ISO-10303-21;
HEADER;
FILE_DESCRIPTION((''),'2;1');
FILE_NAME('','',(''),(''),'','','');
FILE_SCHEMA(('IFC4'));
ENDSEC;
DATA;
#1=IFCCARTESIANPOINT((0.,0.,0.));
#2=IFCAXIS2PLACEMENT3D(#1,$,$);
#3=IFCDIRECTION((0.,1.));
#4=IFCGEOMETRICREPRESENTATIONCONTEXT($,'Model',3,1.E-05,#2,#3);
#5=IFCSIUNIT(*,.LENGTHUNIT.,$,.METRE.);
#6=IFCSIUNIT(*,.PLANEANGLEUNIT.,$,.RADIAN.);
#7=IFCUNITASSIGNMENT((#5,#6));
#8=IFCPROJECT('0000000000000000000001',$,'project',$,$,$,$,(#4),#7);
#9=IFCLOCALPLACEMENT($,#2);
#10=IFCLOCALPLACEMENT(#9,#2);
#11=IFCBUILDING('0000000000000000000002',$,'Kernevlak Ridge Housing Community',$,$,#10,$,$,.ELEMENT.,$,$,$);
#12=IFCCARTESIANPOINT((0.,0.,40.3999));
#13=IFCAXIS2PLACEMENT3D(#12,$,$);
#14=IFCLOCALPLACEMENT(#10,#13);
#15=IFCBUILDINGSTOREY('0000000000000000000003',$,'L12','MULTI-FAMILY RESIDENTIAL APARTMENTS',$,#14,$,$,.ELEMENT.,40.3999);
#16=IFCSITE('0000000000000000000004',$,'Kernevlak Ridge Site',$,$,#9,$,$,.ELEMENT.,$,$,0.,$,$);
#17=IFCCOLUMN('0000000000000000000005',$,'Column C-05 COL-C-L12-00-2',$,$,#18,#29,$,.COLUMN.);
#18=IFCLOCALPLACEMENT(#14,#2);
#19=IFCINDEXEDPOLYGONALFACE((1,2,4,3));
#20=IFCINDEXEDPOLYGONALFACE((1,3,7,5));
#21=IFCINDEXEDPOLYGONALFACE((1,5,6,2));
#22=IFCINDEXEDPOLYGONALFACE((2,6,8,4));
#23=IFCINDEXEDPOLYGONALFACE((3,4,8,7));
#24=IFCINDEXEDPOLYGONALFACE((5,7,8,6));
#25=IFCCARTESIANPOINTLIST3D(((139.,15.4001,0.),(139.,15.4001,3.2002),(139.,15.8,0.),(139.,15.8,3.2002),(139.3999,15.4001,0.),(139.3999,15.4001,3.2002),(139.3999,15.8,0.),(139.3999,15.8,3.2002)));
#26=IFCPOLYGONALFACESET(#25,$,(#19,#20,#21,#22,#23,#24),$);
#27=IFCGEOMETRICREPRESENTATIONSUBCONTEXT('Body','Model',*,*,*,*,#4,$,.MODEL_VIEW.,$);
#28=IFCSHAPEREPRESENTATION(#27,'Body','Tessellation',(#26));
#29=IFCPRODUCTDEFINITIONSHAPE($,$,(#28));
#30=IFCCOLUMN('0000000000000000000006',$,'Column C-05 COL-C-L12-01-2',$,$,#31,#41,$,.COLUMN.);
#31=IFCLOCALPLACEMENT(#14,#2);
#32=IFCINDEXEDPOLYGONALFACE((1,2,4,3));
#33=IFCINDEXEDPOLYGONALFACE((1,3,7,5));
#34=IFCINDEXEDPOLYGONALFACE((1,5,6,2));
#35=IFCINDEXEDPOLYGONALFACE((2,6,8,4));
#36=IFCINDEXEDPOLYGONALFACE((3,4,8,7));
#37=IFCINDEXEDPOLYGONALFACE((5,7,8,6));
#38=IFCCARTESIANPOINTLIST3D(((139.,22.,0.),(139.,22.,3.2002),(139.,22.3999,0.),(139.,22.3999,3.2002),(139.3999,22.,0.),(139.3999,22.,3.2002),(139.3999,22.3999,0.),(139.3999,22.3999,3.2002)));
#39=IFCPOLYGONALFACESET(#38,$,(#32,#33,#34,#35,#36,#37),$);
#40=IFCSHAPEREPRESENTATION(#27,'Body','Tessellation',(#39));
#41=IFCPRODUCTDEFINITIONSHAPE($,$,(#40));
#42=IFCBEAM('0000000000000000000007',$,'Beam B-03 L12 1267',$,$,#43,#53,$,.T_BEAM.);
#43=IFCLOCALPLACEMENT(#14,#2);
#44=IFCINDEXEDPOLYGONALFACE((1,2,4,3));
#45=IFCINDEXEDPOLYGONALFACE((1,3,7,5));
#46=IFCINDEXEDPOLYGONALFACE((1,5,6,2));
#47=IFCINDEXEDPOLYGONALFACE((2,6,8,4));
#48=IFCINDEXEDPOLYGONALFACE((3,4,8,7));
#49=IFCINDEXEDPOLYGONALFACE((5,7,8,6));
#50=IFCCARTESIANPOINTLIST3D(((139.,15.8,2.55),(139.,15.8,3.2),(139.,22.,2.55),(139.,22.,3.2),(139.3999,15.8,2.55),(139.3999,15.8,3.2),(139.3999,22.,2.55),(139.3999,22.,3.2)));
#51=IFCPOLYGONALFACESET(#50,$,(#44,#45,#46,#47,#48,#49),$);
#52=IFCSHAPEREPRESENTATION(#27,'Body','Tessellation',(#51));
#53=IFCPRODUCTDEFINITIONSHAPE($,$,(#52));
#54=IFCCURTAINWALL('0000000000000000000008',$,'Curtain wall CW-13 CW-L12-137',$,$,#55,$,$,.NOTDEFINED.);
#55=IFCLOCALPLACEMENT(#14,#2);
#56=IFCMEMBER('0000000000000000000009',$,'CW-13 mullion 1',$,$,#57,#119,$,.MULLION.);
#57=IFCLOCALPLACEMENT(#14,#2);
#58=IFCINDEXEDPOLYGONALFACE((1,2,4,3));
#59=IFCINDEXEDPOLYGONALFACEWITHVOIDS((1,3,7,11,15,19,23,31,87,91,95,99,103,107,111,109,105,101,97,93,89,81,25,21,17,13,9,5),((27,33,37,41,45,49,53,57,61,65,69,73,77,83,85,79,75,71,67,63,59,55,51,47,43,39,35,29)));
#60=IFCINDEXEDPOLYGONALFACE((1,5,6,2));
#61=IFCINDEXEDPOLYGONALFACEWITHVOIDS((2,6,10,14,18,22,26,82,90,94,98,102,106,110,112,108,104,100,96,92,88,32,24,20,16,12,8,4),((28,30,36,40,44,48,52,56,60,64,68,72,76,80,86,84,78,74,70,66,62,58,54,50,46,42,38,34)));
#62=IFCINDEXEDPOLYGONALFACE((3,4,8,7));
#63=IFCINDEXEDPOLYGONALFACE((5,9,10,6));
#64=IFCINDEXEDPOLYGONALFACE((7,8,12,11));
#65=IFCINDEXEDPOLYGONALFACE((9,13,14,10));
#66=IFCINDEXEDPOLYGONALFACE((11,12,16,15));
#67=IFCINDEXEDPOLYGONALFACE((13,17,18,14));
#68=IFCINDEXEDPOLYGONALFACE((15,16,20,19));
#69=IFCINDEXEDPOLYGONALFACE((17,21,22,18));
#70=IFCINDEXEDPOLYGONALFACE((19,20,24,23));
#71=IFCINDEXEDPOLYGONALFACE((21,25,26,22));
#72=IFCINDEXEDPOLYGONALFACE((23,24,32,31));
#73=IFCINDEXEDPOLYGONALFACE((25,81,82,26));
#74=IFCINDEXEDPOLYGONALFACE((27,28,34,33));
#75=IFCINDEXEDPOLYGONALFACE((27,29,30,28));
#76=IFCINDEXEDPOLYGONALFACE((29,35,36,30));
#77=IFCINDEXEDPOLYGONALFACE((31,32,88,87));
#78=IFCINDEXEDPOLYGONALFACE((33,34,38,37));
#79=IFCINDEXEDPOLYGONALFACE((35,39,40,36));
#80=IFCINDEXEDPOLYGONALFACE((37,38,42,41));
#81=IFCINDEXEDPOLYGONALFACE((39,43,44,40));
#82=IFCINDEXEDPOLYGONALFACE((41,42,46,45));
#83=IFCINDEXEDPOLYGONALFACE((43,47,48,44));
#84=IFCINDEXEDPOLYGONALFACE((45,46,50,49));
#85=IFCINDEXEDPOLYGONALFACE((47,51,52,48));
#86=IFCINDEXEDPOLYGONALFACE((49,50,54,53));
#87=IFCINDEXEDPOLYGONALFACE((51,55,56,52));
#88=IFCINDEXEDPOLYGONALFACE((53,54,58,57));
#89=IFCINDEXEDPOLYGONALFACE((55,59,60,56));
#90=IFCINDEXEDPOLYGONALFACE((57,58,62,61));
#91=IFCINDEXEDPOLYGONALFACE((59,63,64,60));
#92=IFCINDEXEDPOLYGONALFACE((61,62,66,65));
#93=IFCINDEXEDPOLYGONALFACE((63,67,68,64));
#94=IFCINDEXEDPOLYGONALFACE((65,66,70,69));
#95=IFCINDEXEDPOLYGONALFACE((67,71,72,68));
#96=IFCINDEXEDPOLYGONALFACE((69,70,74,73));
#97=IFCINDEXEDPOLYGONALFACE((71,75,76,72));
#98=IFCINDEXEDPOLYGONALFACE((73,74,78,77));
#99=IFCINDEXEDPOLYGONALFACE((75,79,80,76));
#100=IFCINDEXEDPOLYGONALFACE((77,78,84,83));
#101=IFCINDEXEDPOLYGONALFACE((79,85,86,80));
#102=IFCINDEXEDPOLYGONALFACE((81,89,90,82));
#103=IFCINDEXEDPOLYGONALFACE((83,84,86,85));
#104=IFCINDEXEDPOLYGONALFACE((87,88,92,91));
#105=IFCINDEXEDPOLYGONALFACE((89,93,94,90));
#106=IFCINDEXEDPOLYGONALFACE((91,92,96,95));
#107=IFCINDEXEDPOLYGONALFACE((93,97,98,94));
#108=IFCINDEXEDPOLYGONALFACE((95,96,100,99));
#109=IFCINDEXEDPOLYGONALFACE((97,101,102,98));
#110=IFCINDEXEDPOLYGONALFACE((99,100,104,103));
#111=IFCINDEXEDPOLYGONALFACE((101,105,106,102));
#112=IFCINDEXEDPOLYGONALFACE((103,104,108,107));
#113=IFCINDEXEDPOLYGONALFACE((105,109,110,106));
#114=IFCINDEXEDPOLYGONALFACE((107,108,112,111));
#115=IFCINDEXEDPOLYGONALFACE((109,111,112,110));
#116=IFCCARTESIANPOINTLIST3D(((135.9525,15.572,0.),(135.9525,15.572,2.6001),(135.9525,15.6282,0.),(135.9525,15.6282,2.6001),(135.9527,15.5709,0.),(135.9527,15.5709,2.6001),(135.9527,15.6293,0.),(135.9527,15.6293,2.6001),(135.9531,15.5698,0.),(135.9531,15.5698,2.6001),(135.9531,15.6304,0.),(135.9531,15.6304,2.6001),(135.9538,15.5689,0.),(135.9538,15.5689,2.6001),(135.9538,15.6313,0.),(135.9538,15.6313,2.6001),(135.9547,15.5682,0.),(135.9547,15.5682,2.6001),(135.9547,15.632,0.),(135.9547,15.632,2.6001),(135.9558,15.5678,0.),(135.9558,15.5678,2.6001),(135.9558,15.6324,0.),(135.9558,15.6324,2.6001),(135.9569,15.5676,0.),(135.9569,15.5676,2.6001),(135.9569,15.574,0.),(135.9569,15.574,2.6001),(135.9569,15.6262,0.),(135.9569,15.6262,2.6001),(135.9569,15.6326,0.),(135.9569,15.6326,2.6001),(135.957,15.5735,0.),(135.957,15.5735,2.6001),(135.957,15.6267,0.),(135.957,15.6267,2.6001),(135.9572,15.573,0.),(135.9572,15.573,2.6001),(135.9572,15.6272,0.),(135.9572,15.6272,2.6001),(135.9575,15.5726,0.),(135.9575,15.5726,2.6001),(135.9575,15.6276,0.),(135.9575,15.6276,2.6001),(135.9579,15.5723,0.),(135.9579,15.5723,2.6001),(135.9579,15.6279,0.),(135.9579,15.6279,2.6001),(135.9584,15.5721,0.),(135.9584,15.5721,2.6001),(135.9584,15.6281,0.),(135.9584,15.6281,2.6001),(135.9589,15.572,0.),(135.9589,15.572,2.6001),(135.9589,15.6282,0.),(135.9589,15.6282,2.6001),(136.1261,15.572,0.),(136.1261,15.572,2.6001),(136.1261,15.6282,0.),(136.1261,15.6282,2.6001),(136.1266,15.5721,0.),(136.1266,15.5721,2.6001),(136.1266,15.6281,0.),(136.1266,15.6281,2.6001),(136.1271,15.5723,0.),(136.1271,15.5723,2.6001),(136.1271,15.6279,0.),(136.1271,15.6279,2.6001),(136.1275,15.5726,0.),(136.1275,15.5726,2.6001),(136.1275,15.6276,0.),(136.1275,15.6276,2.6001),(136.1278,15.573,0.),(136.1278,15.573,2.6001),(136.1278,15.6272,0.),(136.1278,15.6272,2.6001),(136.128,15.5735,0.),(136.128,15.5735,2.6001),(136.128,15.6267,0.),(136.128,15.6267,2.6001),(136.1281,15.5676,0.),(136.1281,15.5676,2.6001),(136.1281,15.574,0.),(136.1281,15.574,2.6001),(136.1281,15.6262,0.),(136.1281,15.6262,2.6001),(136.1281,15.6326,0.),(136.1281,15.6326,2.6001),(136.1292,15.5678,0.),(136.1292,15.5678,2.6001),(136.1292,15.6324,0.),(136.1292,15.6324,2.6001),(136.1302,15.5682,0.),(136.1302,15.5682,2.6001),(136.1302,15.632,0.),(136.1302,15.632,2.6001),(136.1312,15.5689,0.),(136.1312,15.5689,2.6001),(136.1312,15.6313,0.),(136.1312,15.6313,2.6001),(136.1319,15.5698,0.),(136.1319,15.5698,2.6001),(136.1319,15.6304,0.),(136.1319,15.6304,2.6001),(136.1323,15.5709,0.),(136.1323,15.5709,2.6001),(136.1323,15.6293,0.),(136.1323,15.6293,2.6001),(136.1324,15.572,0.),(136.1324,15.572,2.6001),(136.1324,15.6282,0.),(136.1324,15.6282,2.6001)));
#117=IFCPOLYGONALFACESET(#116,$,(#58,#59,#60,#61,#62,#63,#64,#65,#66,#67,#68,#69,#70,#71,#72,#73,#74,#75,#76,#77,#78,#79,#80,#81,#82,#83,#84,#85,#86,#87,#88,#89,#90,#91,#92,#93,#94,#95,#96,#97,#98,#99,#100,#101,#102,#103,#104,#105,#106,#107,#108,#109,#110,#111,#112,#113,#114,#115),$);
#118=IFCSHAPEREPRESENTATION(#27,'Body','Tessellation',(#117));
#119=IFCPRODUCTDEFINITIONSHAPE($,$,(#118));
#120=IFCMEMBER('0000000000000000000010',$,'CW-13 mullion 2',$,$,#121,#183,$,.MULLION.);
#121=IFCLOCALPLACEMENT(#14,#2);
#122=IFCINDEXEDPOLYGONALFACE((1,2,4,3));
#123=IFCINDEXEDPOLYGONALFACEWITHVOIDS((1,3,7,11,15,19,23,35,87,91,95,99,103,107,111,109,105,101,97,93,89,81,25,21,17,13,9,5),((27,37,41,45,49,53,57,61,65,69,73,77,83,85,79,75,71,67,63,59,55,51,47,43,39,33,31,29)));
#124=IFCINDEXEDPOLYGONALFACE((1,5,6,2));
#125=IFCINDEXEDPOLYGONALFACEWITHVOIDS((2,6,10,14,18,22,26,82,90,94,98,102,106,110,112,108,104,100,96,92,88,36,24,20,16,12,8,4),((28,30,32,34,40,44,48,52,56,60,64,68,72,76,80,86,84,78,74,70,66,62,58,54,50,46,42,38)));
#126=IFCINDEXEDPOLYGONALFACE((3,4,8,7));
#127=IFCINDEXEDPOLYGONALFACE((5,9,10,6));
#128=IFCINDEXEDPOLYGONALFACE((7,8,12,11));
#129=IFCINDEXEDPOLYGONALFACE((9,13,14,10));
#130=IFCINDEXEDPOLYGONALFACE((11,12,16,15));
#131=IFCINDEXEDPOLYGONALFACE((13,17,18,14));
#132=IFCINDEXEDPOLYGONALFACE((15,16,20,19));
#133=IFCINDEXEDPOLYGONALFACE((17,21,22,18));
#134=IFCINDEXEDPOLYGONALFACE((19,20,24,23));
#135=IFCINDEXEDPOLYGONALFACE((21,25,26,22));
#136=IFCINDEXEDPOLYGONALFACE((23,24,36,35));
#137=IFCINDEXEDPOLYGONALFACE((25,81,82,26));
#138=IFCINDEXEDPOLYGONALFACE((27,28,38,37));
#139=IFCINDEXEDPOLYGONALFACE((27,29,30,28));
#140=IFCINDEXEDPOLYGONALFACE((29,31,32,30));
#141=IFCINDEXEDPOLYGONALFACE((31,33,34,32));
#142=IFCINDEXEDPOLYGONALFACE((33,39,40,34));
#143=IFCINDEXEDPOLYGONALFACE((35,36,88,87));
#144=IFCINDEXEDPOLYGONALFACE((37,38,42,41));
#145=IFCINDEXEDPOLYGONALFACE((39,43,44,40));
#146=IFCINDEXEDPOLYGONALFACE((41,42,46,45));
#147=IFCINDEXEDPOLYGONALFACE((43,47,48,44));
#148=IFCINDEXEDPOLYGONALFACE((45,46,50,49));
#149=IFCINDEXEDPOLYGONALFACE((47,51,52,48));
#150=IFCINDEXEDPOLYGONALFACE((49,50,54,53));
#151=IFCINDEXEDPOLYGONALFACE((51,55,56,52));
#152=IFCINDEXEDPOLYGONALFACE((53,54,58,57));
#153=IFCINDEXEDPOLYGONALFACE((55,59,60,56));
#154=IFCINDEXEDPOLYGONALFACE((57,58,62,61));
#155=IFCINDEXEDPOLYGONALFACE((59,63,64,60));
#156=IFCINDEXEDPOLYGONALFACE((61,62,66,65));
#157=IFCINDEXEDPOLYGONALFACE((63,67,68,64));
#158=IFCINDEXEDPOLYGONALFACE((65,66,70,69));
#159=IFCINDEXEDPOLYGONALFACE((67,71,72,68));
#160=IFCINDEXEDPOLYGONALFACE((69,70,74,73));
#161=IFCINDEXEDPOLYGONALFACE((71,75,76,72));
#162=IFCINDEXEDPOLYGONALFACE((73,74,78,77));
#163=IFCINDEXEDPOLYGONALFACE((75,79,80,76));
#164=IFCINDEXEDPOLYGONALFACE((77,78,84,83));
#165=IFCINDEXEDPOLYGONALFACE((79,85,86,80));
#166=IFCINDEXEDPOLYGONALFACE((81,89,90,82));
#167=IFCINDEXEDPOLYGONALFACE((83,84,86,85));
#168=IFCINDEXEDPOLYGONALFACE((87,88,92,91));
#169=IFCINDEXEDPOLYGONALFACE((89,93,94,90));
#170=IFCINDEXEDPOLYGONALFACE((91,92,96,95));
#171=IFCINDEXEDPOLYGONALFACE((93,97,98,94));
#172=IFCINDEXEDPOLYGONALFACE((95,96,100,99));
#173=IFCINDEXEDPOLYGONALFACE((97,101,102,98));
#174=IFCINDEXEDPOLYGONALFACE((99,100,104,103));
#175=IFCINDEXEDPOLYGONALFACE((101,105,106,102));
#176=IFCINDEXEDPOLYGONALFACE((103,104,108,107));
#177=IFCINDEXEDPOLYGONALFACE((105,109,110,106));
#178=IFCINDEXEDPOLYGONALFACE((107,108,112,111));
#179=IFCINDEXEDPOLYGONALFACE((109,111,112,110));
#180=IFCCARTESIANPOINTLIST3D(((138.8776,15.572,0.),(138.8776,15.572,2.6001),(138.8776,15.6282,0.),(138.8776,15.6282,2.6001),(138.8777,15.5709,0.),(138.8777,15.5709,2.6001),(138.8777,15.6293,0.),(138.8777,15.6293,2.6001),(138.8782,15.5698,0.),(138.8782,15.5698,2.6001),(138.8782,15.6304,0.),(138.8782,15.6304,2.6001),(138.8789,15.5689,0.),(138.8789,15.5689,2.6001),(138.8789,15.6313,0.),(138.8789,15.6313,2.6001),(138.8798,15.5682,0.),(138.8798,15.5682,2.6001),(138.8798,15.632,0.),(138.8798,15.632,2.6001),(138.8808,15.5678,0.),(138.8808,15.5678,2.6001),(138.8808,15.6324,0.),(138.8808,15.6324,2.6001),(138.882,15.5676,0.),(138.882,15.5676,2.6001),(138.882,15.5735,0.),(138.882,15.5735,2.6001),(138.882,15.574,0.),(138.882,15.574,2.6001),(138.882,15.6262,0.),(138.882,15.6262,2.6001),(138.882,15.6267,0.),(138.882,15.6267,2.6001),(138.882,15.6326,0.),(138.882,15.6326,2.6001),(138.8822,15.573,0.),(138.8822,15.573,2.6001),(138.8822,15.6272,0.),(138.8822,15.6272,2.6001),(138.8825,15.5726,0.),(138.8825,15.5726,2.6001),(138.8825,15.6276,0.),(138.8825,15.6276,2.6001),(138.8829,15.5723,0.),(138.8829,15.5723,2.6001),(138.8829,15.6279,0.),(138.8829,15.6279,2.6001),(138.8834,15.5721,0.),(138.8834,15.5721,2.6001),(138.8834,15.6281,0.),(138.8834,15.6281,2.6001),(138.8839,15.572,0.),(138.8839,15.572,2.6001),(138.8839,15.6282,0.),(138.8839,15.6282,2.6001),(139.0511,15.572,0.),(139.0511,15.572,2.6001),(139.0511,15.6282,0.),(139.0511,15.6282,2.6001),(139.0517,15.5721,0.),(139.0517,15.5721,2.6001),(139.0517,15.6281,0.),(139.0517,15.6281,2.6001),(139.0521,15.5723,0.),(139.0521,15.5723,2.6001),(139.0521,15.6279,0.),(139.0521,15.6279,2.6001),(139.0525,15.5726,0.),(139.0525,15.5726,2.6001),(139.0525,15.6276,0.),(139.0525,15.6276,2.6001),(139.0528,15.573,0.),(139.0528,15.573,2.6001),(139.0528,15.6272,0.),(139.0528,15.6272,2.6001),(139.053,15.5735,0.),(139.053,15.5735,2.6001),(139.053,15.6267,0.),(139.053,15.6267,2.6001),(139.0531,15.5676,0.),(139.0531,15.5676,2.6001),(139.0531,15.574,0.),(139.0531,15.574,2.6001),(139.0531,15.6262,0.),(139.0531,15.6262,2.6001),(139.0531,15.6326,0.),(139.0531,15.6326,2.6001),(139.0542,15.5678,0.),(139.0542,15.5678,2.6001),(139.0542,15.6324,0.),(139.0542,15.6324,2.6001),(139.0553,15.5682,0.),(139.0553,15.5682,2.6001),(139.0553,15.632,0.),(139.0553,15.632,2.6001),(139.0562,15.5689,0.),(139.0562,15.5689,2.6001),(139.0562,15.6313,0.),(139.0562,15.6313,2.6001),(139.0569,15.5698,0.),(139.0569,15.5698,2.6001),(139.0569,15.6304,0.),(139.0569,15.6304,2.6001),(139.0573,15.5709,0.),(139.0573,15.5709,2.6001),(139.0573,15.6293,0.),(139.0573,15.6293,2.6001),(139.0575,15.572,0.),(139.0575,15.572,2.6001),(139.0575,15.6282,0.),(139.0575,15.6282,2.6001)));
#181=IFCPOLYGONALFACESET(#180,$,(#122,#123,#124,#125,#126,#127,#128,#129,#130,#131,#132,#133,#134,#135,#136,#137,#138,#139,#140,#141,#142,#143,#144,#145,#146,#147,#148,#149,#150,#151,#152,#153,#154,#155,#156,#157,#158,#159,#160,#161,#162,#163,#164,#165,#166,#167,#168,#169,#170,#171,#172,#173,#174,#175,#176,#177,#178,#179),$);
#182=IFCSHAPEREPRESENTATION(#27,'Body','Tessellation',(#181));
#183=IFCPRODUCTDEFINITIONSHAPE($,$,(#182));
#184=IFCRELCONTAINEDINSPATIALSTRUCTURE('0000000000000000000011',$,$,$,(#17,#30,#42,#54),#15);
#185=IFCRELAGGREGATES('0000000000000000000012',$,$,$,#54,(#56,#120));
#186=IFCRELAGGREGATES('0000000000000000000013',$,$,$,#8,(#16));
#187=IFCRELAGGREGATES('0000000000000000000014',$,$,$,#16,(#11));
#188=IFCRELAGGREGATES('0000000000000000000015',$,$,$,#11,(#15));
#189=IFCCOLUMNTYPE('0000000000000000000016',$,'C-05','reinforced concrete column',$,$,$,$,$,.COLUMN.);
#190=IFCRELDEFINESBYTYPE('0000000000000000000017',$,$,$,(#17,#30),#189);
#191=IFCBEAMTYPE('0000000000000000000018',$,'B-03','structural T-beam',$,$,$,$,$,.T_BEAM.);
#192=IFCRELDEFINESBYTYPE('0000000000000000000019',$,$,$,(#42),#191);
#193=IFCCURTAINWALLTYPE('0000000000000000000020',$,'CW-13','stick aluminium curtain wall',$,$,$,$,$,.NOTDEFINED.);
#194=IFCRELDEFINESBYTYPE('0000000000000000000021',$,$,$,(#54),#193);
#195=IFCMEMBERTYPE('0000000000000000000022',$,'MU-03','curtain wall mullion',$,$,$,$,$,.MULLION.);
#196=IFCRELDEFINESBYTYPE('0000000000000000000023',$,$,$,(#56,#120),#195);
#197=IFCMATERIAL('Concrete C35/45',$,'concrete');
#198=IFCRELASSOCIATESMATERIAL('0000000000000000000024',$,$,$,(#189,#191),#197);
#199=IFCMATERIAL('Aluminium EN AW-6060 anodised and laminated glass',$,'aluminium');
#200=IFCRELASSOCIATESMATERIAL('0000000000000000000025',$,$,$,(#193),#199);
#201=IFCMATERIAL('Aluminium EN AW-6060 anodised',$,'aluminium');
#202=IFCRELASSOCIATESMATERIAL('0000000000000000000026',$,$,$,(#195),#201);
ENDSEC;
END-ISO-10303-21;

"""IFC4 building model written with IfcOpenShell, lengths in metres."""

from ifc_helpers import new_model, si_unit, direction, frame, origin, origin_2d, place, context, subcontext, project, spatial, rectangle, hollow_rectangle, extrude, material, material_profile, profile_set, type_object, element, aggregate, save


model = new_model("IFC4")

# Units and contexts
model_context = context("Model", 3, precision=1e-05, world=origin(), true_north=direction((0.0, 1.0)))
body_context = subcontext(model_context, "Body", "Model", "MODEL_VIEW")
ifc_project = project(units=[si_unit("LENGTHUNIT", "METRE"), si_unit("PLANEANGLEUNIT", "RADIAN")], contexts=[model_context])

# Site, building, storey
site_placement = place(None, origin())
site = spatial("IfcSite", under=ifc_project, at=site_placement, Name="Kernevlak Ridge Site", CompositionType="ELEMENT", RefElevation=0.0)
building_placement = place(site_placement, origin())
building = spatial("IfcBuilding", under=site, at=building_placement, Name="Kernevlak Ridge Housing Community", CompositionType="ELEMENT")
storey_placement = place(building_placement, frame((0.0, 0.0, 40.3999)))
storey = spatial("IfcBuildingStorey", under=building, at=storey_placement, Name="L12", Description="MULTI-FAMILY RESIDENTIAL APARTMENTS", CompositionType="ELEMENT", Elevation=40.3999)

# Columns
ifc_material_1 = material(Name="Concrete C35/45", Category="concrete")
ifc_material_profile_1 = material_profile(ifc_material_1, rectangle(XDim=0.3999, YDim=0.3999, at=origin_2d()), Name="RC 400x400")
ifc_profile_set_1 = profile_set([ifc_material_profile_1], Name="Concrete C35/45")
column_type = type_object("IfcColumnType", Name="C-05", Description="reinforced concrete column", PredefinedType="COLUMN", material=ifc_profile_set_1)
for number, where, z_axis, x_axis, name in (
    (1, (139.2, 15.6001, 0.0), (0.0, 0.0, 1.0), (1.0, 0.0, 0.0), "Column C-05 COL-C-L12-00-2"),
    (2, (139.2, 22.2, 0.0), (0.0, 0.0, 1.0), (1.0, 0.0, 0.0), "Column C-05 COL-C-L12-01-2"),
):
    element("IfcColumn", number, at=place(storey_placement, frame(where, z_axis=z_axis, x_axis=x_axis)), inside=storey, type_object=column_type, Name=name, PredefinedType="COLUMN", context=body_context, shape_type="SweptSolid", body=[
        extrude(rectangle(XDim=0.3999, YDim=0.3999, at=origin_2d()), origin(), (0.0, 0.0, 1.0), 3.2002),
    ])

# Beam
ifc_material_profile_2 = material_profile(ifc_material_1, rectangle(XDim=0.3999, YDim=0.6499, at=origin_2d()), Name="RC 400x650")
ifc_profile_set_2 = profile_set([ifc_material_profile_2], Name="Concrete C35/45")
beam_type = type_object("IfcBeamType", Name="B-03", Description="structural T-beam", PredefinedType="T_BEAM", material=ifc_profile_set_2)
beam_placement = place(storey_placement, frame((139.2, 15.8, 2.875), z_axis=(0.0, 1.0, 0.0), x_axis=(-1.0, 0.0, 0.0)))
element("IfcBeam", 3, at=beam_placement, inside=storey, type_object=beam_type, Name="Beam B-03 L12 1267", PredefinedType="T_BEAM", context=body_context, shape_type="SweptSolid", body=[
    extrude(rectangle(XDim=0.3999, YDim=0.6499, at=origin_2d()), origin(), (0.0, 0.0, 1.0), 6.2),
])

# Curtain wall, members
ifc_material_2 = material(Name="Aluminium EN AW-6060 anodised and laminated glass", Category="aluminium")
curtain_wall_type = type_object("IfcCurtainWallType", Name="CW-13", Description="stick aluminium curtain wall", PredefinedType="NOTDEFINED", material=ifc_material_2)
curtain_wall_placement = place(storey_placement, origin())
curtain_wall = element("IfcCurtainWall", 4, at=curtain_wall_placement, inside=storey, type_object=curtain_wall_type, Name="Curtain wall CW-13 CW-L12-137", PredefinedType="NOTDEFINED")
ifc_material_3 = material(Name="Aluminium EN AW-6060 anodised", Category="aluminium")
ifc_material_profile_3 = material_profile(ifc_material_3, hollow_rectangle(XDim=0.0649, YDim=0.1799, WallThickness=0.0044, InnerFilletRadius=0.002, OuterFilletRadius=0.0044, at=origin_2d()), Name="ALU 65x180x4.5")
ifc_profile_set_3 = profile_set([ifc_material_profile_3], Name="Aluminium EN AW-6060 anodised")
member_type_1 = type_object("IfcMemberType", Name="MU-03", Description="curtain wall mullion", PredefinedType="MULLION", material=ifc_profile_set_3)
member_1_placement = place(storey_placement, frame((136.0425, 15.6001, 0.0), z_axis=(0.0, 0.0, 1.0), x_axis=(0.0, 1.0, 0.0)))
member_1 = element("IfcMember", 5, at=member_1_placement, type_object=member_type_1, Name="CW-13 mullion 1", PredefinedType="MULLION", context=body_context, shape_type="SweptSolid", body=[
    extrude(hollow_rectangle(XDim=0.0649, YDim=0.1799, WallThickness=0.0044, InnerFilletRadius=0.002, OuterFilletRadius=0.0044, at=origin_2d()), origin(), (0.0, 0.0, 1.0), 2.6001),
])
member_2_placement = place(storey_placement, frame((138.9675, 15.6001, 0.0), z_axis=(0.0, 0.0, 1.0), x_axis=(0.0, 1.0, 0.0)))
member_2 = element("IfcMember", 6, at=member_2_placement, type_object=member_type_1, Name="CW-13 mullion 2", PredefinedType="MULLION", context=body_context, shape_type="SweptSolid", body=[
    extrude(hollow_rectangle(XDim=0.0649, YDim=0.1799, WallThickness=0.0044, InnerFilletRadius=0.002, OuterFilletRadius=0.0044, at=origin_2d()), origin(), (0.0, 0.0, 1.0), 2.6001),
])
aggregate(curtain_wall, [member_1, member_2])

save(model, "model.ifc")
